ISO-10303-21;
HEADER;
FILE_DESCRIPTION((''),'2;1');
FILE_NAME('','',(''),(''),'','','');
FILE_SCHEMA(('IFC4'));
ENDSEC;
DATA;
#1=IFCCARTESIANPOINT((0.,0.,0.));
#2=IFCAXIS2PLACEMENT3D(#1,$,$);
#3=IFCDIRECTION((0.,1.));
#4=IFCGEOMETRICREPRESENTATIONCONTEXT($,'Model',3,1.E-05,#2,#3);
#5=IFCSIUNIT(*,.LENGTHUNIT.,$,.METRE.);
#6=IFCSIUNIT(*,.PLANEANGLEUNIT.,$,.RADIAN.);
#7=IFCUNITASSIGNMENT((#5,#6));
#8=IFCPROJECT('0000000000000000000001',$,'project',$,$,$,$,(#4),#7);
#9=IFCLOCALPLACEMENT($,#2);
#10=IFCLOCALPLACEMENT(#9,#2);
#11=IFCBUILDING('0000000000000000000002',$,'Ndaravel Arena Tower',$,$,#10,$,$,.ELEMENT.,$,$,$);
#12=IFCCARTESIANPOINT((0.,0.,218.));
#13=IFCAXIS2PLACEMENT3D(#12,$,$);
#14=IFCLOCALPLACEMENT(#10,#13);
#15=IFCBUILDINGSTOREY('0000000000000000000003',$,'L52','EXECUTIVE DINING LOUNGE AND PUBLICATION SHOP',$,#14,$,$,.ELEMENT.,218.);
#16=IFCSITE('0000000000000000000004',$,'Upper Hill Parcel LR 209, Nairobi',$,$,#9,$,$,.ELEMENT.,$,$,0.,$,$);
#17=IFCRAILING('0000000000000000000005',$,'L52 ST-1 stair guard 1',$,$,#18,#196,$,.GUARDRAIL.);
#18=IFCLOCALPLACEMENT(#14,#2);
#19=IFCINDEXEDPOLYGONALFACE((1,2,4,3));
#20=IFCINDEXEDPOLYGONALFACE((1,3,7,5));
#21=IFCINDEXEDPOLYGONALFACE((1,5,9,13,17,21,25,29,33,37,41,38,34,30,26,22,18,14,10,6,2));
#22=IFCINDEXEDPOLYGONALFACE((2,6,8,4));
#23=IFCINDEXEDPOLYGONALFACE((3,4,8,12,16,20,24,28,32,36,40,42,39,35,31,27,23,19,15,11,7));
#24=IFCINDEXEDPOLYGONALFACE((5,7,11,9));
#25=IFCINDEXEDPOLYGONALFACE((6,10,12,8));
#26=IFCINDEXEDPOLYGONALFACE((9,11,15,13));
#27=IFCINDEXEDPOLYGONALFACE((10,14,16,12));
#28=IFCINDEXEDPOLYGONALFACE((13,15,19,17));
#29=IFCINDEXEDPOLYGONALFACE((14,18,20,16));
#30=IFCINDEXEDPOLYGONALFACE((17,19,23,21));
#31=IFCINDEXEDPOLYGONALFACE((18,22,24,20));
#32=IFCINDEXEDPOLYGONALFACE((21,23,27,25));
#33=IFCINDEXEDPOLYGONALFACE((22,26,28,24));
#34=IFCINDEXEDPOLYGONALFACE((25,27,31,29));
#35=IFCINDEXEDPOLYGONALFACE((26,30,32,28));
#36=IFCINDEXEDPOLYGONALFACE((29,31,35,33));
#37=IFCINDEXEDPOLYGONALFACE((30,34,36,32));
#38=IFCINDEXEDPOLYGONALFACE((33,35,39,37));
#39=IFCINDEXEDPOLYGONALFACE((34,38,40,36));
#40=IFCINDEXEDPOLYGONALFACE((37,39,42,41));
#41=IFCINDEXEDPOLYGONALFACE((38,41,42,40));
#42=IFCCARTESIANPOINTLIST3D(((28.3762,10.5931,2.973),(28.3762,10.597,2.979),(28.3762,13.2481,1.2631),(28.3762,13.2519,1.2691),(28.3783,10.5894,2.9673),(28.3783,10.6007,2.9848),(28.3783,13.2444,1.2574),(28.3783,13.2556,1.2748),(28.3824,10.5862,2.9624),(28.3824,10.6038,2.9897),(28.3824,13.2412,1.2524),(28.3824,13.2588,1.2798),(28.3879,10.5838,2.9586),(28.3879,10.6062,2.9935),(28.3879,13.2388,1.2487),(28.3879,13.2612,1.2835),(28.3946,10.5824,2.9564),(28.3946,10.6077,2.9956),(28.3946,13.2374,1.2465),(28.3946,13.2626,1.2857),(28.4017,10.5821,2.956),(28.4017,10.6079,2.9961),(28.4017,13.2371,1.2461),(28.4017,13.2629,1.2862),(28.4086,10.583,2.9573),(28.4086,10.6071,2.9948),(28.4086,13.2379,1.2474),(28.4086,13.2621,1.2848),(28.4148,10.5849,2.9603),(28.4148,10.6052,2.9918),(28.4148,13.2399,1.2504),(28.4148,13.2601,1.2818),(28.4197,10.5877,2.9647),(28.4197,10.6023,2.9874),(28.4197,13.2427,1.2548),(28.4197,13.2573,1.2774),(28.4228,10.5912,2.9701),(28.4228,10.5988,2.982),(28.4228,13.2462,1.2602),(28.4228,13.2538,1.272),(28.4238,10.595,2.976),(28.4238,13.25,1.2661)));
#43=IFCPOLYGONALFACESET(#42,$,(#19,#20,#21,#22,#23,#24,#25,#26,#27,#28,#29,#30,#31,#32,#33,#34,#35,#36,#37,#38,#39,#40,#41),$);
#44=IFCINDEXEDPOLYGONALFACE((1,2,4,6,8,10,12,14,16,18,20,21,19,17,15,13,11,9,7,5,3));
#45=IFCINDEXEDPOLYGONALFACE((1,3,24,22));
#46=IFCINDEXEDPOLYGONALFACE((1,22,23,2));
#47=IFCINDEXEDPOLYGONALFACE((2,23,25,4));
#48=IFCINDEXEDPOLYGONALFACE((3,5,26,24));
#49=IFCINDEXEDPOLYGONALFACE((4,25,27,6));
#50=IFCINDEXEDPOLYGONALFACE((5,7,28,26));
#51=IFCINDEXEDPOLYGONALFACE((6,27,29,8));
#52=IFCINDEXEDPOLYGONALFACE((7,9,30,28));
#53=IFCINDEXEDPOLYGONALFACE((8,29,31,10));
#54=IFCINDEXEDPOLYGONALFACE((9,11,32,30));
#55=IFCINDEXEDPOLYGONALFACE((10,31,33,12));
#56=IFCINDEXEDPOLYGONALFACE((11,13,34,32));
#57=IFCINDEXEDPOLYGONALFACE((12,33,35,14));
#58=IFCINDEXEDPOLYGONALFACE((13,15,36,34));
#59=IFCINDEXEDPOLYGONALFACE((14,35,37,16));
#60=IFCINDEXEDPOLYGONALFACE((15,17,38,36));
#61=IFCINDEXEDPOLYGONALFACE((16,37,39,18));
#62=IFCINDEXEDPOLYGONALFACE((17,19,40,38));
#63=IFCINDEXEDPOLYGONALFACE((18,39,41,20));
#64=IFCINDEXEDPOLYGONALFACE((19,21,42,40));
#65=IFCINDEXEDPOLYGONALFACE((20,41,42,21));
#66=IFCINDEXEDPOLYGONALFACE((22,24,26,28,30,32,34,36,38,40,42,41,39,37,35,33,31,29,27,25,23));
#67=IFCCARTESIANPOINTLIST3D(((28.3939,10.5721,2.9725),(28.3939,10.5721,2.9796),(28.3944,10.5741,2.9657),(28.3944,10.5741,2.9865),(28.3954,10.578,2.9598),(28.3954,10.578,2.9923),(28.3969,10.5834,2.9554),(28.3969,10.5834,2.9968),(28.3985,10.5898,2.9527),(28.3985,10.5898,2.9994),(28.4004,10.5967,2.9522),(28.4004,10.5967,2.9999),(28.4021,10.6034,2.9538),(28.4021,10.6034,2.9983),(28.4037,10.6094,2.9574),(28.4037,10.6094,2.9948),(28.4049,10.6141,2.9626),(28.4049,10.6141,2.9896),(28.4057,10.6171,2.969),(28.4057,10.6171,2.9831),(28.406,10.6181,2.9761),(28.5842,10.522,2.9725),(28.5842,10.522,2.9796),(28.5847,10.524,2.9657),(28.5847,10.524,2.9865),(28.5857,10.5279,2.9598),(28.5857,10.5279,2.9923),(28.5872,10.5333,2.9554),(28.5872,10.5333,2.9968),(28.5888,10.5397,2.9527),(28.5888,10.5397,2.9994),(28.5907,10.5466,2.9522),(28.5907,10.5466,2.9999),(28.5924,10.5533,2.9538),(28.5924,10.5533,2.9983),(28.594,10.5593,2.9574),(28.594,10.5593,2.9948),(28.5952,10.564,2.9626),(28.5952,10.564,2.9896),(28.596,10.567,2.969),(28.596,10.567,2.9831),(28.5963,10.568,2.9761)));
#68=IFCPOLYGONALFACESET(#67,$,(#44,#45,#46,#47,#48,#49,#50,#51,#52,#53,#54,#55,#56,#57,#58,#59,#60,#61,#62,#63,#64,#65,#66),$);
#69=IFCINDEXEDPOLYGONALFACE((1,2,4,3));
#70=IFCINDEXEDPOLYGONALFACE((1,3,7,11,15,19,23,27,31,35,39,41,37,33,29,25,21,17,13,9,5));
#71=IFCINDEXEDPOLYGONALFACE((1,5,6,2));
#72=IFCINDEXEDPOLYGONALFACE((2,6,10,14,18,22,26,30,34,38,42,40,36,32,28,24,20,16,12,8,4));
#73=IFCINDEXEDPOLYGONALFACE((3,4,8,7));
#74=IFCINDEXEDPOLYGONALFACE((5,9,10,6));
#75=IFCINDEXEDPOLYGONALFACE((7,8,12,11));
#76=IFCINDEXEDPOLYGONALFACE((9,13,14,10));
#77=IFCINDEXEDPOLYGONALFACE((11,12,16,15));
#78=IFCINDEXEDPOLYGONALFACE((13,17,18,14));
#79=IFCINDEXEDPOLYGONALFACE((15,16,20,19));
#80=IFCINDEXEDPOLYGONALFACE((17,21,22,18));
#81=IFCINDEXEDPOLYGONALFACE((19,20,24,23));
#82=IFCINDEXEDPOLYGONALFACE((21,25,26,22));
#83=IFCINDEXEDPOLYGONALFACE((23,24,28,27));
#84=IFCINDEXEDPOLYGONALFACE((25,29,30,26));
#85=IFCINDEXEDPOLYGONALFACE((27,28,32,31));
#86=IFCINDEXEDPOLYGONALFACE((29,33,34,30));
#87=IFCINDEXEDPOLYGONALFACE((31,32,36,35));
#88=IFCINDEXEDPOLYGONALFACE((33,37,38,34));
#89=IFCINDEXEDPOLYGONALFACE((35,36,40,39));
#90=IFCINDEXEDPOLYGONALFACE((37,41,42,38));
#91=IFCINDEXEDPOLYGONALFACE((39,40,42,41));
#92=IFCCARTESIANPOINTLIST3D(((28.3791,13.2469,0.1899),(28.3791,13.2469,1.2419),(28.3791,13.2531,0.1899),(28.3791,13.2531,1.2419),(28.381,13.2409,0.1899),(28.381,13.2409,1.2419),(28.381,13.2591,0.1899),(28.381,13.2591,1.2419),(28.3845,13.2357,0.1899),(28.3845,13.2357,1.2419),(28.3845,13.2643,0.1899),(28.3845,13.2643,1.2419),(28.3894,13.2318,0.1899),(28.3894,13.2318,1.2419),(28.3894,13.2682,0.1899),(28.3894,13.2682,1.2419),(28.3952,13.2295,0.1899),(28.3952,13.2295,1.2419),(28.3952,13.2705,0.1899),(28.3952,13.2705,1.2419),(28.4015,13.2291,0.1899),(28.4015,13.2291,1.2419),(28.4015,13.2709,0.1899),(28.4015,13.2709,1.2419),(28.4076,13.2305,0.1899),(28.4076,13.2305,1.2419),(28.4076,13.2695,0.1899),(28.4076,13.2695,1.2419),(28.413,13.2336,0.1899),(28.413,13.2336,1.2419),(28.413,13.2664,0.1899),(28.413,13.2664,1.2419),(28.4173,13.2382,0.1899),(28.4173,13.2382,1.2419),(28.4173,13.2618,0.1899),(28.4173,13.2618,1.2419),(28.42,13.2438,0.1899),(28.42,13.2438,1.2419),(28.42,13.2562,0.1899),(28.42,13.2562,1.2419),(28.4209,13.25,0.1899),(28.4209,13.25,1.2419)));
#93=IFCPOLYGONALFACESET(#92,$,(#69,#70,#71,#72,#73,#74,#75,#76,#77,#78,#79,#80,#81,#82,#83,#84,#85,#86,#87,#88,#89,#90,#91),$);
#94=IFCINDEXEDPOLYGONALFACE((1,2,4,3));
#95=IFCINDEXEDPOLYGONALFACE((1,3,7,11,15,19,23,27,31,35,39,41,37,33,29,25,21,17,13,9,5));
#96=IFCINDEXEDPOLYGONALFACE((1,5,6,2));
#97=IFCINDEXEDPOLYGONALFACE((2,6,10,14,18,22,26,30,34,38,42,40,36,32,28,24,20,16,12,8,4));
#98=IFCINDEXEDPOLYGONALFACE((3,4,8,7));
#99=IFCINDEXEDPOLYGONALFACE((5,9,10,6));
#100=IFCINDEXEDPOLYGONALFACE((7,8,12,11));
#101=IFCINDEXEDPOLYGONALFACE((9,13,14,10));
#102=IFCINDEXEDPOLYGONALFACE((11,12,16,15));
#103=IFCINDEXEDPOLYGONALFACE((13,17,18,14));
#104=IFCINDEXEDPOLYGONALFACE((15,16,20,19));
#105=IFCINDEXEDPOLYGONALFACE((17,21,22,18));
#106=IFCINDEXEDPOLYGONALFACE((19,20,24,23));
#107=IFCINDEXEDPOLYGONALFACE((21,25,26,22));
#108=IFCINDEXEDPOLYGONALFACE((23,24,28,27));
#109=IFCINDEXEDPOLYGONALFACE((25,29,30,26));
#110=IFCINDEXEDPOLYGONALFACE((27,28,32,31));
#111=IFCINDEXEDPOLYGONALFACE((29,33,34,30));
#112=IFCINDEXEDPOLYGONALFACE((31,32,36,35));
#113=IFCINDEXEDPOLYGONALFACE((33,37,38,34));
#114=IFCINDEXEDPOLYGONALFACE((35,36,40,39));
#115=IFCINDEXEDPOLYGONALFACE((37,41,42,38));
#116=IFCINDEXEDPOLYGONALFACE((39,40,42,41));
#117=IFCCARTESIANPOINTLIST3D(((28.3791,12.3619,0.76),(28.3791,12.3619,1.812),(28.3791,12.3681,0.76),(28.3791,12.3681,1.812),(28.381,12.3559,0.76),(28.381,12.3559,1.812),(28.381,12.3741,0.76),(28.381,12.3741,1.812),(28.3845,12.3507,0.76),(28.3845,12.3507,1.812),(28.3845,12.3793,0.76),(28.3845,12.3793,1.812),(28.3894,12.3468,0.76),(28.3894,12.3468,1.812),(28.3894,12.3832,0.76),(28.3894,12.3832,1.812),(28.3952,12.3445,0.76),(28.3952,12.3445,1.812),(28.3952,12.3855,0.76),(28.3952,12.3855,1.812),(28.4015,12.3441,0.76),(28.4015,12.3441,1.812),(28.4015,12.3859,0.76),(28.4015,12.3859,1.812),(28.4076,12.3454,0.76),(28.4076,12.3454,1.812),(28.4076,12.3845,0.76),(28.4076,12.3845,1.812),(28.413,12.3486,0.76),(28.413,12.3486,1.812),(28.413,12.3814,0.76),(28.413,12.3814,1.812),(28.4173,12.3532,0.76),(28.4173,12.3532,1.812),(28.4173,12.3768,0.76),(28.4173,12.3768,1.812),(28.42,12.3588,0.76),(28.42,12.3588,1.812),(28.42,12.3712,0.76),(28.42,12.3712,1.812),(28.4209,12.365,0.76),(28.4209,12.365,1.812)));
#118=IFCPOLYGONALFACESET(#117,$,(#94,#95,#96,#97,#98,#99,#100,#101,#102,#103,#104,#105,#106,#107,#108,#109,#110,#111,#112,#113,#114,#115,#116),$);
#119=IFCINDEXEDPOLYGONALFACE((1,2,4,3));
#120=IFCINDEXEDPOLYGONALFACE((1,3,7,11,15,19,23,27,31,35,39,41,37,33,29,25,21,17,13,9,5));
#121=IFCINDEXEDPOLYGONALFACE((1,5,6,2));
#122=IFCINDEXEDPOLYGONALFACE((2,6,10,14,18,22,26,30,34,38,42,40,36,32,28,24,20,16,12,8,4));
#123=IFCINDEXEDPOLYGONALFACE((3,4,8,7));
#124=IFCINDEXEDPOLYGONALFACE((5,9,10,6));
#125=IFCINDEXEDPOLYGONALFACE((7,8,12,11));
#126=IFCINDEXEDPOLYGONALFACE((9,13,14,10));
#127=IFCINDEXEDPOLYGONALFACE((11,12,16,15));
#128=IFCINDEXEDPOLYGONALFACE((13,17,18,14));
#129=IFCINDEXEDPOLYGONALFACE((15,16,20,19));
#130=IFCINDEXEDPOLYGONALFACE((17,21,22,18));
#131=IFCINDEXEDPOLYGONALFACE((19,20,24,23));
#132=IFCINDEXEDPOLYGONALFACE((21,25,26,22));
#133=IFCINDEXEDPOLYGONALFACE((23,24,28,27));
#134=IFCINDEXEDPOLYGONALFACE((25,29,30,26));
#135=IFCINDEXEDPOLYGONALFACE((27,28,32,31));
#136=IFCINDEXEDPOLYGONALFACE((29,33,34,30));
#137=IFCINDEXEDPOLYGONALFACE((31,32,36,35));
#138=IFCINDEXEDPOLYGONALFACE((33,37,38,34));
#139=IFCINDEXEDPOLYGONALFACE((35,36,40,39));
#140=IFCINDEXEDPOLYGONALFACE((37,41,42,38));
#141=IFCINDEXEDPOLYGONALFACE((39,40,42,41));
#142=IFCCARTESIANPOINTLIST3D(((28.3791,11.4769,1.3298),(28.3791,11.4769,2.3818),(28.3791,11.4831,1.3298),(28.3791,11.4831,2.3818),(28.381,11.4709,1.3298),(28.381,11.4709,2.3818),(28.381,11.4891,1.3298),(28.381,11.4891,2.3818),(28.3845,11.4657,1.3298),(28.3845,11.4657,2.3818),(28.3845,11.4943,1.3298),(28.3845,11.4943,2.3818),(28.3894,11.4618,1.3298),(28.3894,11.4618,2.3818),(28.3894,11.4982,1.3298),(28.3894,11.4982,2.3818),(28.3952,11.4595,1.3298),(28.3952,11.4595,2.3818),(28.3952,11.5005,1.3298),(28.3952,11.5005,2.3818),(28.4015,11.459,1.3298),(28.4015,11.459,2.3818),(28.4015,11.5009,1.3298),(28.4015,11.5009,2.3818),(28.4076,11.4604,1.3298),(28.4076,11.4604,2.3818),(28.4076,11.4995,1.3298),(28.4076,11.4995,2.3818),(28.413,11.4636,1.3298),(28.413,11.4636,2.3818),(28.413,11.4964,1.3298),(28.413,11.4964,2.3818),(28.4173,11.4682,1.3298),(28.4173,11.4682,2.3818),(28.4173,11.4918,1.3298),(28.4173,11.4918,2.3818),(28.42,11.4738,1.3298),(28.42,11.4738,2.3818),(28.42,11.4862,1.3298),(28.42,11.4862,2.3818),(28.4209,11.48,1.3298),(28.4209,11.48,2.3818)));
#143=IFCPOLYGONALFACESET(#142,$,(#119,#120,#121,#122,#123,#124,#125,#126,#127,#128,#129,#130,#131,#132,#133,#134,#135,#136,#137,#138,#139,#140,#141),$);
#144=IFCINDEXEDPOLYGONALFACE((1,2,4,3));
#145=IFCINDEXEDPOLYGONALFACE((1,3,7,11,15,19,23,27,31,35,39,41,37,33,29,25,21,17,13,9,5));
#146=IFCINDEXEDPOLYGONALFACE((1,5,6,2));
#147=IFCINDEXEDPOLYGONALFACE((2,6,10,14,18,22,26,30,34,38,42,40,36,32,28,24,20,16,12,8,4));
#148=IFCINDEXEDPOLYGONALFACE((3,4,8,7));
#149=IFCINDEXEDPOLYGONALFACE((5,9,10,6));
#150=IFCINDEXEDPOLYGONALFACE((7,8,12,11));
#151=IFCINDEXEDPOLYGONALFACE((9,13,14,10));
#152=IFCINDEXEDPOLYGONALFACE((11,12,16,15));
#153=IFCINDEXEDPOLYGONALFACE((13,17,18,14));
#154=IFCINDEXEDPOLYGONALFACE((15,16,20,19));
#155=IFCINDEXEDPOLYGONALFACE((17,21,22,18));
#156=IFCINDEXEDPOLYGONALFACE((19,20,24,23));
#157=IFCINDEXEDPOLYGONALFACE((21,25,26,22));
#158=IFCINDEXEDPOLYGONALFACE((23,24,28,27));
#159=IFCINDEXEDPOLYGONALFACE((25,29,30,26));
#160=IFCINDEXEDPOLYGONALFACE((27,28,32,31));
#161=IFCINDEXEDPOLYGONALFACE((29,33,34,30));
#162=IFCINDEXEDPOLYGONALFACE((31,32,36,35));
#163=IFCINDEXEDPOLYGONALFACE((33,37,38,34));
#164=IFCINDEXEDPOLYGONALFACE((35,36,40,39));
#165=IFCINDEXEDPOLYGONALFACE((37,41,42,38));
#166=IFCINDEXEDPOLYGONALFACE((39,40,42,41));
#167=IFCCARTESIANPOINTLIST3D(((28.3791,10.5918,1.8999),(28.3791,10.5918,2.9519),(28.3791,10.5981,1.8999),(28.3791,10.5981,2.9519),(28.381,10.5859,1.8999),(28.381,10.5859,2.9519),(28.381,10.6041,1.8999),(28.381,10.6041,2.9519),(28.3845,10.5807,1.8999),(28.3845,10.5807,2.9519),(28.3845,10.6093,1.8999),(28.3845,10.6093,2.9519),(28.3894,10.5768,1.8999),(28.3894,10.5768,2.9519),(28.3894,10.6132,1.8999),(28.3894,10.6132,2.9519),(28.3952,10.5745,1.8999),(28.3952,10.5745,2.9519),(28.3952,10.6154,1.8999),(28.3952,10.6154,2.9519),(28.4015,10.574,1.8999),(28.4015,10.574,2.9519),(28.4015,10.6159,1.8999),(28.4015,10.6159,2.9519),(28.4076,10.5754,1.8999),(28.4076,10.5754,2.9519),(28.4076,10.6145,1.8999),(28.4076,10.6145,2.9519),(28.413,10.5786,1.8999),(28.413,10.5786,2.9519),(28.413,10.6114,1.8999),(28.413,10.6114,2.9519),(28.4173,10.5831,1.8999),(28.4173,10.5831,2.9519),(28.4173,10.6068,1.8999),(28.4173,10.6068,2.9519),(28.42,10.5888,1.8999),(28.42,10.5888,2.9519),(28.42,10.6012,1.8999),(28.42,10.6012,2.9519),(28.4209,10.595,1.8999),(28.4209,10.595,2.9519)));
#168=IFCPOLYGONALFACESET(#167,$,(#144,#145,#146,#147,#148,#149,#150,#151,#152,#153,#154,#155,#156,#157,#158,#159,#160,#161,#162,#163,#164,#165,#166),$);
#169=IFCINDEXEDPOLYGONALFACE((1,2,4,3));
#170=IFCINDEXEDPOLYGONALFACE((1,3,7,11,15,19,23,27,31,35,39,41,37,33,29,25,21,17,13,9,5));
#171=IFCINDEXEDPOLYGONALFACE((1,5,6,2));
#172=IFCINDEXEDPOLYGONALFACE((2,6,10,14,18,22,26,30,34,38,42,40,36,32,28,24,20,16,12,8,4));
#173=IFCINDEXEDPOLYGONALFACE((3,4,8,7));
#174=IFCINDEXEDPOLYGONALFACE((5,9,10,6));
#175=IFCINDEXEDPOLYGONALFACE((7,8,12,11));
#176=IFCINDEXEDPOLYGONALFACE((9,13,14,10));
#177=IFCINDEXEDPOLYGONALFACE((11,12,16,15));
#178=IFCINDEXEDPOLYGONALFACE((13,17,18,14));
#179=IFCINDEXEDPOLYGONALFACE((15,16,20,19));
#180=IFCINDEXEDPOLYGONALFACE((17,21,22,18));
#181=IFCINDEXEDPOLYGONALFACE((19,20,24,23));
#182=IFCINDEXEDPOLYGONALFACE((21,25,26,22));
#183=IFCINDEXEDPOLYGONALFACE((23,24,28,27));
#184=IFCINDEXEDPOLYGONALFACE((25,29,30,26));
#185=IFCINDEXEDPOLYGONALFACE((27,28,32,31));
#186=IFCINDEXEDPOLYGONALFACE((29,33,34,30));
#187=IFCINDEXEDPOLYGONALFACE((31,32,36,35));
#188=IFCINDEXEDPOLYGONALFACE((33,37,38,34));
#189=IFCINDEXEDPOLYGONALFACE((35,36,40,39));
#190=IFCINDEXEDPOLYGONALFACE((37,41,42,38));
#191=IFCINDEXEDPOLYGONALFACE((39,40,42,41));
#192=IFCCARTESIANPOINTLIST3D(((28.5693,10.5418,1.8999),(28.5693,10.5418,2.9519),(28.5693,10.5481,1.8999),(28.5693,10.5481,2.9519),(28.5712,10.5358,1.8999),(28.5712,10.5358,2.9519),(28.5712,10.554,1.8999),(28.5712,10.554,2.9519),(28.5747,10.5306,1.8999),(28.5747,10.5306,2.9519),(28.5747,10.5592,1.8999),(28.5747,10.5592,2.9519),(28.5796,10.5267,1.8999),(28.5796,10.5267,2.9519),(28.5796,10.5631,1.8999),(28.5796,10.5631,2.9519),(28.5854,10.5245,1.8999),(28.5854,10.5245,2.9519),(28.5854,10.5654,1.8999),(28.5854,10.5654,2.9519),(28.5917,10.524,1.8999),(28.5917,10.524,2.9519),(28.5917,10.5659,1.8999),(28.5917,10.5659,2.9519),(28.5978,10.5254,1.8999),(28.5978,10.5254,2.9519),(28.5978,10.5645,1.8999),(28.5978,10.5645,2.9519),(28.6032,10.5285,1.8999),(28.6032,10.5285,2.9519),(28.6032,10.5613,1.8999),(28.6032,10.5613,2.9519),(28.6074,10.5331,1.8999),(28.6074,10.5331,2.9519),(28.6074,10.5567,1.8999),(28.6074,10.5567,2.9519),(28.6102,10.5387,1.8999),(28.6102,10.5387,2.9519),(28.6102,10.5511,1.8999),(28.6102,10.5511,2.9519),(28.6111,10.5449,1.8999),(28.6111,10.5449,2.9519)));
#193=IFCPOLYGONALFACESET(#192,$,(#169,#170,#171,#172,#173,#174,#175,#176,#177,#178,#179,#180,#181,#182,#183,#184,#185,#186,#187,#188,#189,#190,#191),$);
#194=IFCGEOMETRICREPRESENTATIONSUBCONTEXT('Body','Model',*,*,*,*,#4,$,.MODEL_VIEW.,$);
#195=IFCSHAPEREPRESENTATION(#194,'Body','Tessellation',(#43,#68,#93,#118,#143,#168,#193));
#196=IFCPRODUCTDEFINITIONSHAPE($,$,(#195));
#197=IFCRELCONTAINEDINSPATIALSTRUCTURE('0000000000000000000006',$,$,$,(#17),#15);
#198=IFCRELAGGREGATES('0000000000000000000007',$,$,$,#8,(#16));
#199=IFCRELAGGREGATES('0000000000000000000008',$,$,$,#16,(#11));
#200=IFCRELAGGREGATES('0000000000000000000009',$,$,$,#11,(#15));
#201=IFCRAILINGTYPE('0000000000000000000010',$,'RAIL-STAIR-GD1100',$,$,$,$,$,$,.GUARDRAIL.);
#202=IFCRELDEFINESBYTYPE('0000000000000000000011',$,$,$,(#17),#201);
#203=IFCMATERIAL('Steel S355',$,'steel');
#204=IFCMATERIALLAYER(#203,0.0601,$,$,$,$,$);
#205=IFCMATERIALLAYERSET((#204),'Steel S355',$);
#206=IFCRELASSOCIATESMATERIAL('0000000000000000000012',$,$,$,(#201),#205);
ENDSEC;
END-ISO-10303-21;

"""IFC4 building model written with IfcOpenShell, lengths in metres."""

from ifc_helpers import new_model, si_unit, direction, frame, origin, origin_2d, place, context, subcontext, project, spatial, circle, extrude, material, layer, layer_set, type_object, element, save


model = new_model("IFC4")

# Units and contexts
model_context = context("Model", 3, precision=1e-05, world=origin(), true_north=direction((0.0, 1.0)))
body_context = subcontext(model_context, "Body", "Model", "MODEL_VIEW")
ifc_project = project(units=[si_unit("LENGTHUNIT", "METRE"), si_unit("PLANEANGLEUNIT", "RADIAN")], contexts=[model_context])

# Site, building, storey
site_placement = place(None, origin())
site = spatial("IfcSite", under=ifc_project, at=site_placement, Name="Upper Hill Parcel LR 209, Nairobi", CompositionType="ELEMENT", RefElevation=0.0)
building_placement = place(site_placement, origin())
building = spatial("IfcBuilding", under=site, at=building_placement, Name="Ndaravel Arena Tower", CompositionType="ELEMENT")
storey_placement = place(building_placement, frame((0.0, 0.0, 218.0)))
storey = spatial("IfcBuildingStorey", under=building, at=storey_placement, Name="L52", Description="EXECUTIVE DINING LOUNGE AND PUBLICATION SHOP", CompositionType="ELEMENT", Elevation=218.0)

# Railing
ifc_material_1 = material(Name="Steel S355", Category="steel")
ifc_layer_1 = layer(ifc_material_1, 0.0601)
ifc_layer_set_1 = layer_set([ifc_layer_1], Name="Steel S355")
railing_type_1 = type_object("IfcRailingType", Name="RAIL-STAIR-GD1100", PredefinedType="GUARDRAIL", material=ifc_layer_set_1)
railing_1_placement = place(storey_placement, frame((28.3999, 13.25, 0.1899)))
element("IfcRailing", 1, at=railing_1_placement, inside=storey, type_object=railing_type_1, Name="L52 ST-1 stair guard 1", PredefinedType="GUARDRAIL", context=body_context, shape_type="SweptSolid", body=[
    extrude(circle(Radius=0.0239, at=origin_2d()), frame((0.0, 0.0, 1.0762), z_axis=(0.0, -0.840724, 0.541465), x_axis=(1.0, 0.0, 0.0)), (0.0, 0.0, 1.0), 3.158),
    extrude(circle(Radius=0.0239, at=origin_2d()), frame((0.0, -2.655, 2.7861), z_axis=(0.967075, -0.254493, 0.0), x_axis=(0.254493, 0.967075, 0.0)), (0.0, 0.0, 1.0), 0.1968),
    extrude(circle(Radius=0.021, at=origin_2d()), origin(), (0.0, 0.0, 1.0), 1.052),
    extrude(circle(Radius=0.021, at=origin_2d()), frame((0.0, -0.885, 0.5701)), (0.0, 0.0, 1.0), 1.052),
    extrude(circle(Radius=0.021, at=origin_2d()), frame((0.0, -1.77, 1.1399)), (0.0, 0.0, 1.0), 1.052),
    extrude(circle(Radius=0.021, at=origin_2d()), frame((0.0, -2.655, 1.71)), (0.0, 0.0, 1.0), 1.052),
    extrude(circle(Radius=0.021, at=origin_2d()), frame((0.1902, -2.7051, 1.71)), (0.0, 0.0, 1.0), 1.052),
])

save(model, "model.ifc")
